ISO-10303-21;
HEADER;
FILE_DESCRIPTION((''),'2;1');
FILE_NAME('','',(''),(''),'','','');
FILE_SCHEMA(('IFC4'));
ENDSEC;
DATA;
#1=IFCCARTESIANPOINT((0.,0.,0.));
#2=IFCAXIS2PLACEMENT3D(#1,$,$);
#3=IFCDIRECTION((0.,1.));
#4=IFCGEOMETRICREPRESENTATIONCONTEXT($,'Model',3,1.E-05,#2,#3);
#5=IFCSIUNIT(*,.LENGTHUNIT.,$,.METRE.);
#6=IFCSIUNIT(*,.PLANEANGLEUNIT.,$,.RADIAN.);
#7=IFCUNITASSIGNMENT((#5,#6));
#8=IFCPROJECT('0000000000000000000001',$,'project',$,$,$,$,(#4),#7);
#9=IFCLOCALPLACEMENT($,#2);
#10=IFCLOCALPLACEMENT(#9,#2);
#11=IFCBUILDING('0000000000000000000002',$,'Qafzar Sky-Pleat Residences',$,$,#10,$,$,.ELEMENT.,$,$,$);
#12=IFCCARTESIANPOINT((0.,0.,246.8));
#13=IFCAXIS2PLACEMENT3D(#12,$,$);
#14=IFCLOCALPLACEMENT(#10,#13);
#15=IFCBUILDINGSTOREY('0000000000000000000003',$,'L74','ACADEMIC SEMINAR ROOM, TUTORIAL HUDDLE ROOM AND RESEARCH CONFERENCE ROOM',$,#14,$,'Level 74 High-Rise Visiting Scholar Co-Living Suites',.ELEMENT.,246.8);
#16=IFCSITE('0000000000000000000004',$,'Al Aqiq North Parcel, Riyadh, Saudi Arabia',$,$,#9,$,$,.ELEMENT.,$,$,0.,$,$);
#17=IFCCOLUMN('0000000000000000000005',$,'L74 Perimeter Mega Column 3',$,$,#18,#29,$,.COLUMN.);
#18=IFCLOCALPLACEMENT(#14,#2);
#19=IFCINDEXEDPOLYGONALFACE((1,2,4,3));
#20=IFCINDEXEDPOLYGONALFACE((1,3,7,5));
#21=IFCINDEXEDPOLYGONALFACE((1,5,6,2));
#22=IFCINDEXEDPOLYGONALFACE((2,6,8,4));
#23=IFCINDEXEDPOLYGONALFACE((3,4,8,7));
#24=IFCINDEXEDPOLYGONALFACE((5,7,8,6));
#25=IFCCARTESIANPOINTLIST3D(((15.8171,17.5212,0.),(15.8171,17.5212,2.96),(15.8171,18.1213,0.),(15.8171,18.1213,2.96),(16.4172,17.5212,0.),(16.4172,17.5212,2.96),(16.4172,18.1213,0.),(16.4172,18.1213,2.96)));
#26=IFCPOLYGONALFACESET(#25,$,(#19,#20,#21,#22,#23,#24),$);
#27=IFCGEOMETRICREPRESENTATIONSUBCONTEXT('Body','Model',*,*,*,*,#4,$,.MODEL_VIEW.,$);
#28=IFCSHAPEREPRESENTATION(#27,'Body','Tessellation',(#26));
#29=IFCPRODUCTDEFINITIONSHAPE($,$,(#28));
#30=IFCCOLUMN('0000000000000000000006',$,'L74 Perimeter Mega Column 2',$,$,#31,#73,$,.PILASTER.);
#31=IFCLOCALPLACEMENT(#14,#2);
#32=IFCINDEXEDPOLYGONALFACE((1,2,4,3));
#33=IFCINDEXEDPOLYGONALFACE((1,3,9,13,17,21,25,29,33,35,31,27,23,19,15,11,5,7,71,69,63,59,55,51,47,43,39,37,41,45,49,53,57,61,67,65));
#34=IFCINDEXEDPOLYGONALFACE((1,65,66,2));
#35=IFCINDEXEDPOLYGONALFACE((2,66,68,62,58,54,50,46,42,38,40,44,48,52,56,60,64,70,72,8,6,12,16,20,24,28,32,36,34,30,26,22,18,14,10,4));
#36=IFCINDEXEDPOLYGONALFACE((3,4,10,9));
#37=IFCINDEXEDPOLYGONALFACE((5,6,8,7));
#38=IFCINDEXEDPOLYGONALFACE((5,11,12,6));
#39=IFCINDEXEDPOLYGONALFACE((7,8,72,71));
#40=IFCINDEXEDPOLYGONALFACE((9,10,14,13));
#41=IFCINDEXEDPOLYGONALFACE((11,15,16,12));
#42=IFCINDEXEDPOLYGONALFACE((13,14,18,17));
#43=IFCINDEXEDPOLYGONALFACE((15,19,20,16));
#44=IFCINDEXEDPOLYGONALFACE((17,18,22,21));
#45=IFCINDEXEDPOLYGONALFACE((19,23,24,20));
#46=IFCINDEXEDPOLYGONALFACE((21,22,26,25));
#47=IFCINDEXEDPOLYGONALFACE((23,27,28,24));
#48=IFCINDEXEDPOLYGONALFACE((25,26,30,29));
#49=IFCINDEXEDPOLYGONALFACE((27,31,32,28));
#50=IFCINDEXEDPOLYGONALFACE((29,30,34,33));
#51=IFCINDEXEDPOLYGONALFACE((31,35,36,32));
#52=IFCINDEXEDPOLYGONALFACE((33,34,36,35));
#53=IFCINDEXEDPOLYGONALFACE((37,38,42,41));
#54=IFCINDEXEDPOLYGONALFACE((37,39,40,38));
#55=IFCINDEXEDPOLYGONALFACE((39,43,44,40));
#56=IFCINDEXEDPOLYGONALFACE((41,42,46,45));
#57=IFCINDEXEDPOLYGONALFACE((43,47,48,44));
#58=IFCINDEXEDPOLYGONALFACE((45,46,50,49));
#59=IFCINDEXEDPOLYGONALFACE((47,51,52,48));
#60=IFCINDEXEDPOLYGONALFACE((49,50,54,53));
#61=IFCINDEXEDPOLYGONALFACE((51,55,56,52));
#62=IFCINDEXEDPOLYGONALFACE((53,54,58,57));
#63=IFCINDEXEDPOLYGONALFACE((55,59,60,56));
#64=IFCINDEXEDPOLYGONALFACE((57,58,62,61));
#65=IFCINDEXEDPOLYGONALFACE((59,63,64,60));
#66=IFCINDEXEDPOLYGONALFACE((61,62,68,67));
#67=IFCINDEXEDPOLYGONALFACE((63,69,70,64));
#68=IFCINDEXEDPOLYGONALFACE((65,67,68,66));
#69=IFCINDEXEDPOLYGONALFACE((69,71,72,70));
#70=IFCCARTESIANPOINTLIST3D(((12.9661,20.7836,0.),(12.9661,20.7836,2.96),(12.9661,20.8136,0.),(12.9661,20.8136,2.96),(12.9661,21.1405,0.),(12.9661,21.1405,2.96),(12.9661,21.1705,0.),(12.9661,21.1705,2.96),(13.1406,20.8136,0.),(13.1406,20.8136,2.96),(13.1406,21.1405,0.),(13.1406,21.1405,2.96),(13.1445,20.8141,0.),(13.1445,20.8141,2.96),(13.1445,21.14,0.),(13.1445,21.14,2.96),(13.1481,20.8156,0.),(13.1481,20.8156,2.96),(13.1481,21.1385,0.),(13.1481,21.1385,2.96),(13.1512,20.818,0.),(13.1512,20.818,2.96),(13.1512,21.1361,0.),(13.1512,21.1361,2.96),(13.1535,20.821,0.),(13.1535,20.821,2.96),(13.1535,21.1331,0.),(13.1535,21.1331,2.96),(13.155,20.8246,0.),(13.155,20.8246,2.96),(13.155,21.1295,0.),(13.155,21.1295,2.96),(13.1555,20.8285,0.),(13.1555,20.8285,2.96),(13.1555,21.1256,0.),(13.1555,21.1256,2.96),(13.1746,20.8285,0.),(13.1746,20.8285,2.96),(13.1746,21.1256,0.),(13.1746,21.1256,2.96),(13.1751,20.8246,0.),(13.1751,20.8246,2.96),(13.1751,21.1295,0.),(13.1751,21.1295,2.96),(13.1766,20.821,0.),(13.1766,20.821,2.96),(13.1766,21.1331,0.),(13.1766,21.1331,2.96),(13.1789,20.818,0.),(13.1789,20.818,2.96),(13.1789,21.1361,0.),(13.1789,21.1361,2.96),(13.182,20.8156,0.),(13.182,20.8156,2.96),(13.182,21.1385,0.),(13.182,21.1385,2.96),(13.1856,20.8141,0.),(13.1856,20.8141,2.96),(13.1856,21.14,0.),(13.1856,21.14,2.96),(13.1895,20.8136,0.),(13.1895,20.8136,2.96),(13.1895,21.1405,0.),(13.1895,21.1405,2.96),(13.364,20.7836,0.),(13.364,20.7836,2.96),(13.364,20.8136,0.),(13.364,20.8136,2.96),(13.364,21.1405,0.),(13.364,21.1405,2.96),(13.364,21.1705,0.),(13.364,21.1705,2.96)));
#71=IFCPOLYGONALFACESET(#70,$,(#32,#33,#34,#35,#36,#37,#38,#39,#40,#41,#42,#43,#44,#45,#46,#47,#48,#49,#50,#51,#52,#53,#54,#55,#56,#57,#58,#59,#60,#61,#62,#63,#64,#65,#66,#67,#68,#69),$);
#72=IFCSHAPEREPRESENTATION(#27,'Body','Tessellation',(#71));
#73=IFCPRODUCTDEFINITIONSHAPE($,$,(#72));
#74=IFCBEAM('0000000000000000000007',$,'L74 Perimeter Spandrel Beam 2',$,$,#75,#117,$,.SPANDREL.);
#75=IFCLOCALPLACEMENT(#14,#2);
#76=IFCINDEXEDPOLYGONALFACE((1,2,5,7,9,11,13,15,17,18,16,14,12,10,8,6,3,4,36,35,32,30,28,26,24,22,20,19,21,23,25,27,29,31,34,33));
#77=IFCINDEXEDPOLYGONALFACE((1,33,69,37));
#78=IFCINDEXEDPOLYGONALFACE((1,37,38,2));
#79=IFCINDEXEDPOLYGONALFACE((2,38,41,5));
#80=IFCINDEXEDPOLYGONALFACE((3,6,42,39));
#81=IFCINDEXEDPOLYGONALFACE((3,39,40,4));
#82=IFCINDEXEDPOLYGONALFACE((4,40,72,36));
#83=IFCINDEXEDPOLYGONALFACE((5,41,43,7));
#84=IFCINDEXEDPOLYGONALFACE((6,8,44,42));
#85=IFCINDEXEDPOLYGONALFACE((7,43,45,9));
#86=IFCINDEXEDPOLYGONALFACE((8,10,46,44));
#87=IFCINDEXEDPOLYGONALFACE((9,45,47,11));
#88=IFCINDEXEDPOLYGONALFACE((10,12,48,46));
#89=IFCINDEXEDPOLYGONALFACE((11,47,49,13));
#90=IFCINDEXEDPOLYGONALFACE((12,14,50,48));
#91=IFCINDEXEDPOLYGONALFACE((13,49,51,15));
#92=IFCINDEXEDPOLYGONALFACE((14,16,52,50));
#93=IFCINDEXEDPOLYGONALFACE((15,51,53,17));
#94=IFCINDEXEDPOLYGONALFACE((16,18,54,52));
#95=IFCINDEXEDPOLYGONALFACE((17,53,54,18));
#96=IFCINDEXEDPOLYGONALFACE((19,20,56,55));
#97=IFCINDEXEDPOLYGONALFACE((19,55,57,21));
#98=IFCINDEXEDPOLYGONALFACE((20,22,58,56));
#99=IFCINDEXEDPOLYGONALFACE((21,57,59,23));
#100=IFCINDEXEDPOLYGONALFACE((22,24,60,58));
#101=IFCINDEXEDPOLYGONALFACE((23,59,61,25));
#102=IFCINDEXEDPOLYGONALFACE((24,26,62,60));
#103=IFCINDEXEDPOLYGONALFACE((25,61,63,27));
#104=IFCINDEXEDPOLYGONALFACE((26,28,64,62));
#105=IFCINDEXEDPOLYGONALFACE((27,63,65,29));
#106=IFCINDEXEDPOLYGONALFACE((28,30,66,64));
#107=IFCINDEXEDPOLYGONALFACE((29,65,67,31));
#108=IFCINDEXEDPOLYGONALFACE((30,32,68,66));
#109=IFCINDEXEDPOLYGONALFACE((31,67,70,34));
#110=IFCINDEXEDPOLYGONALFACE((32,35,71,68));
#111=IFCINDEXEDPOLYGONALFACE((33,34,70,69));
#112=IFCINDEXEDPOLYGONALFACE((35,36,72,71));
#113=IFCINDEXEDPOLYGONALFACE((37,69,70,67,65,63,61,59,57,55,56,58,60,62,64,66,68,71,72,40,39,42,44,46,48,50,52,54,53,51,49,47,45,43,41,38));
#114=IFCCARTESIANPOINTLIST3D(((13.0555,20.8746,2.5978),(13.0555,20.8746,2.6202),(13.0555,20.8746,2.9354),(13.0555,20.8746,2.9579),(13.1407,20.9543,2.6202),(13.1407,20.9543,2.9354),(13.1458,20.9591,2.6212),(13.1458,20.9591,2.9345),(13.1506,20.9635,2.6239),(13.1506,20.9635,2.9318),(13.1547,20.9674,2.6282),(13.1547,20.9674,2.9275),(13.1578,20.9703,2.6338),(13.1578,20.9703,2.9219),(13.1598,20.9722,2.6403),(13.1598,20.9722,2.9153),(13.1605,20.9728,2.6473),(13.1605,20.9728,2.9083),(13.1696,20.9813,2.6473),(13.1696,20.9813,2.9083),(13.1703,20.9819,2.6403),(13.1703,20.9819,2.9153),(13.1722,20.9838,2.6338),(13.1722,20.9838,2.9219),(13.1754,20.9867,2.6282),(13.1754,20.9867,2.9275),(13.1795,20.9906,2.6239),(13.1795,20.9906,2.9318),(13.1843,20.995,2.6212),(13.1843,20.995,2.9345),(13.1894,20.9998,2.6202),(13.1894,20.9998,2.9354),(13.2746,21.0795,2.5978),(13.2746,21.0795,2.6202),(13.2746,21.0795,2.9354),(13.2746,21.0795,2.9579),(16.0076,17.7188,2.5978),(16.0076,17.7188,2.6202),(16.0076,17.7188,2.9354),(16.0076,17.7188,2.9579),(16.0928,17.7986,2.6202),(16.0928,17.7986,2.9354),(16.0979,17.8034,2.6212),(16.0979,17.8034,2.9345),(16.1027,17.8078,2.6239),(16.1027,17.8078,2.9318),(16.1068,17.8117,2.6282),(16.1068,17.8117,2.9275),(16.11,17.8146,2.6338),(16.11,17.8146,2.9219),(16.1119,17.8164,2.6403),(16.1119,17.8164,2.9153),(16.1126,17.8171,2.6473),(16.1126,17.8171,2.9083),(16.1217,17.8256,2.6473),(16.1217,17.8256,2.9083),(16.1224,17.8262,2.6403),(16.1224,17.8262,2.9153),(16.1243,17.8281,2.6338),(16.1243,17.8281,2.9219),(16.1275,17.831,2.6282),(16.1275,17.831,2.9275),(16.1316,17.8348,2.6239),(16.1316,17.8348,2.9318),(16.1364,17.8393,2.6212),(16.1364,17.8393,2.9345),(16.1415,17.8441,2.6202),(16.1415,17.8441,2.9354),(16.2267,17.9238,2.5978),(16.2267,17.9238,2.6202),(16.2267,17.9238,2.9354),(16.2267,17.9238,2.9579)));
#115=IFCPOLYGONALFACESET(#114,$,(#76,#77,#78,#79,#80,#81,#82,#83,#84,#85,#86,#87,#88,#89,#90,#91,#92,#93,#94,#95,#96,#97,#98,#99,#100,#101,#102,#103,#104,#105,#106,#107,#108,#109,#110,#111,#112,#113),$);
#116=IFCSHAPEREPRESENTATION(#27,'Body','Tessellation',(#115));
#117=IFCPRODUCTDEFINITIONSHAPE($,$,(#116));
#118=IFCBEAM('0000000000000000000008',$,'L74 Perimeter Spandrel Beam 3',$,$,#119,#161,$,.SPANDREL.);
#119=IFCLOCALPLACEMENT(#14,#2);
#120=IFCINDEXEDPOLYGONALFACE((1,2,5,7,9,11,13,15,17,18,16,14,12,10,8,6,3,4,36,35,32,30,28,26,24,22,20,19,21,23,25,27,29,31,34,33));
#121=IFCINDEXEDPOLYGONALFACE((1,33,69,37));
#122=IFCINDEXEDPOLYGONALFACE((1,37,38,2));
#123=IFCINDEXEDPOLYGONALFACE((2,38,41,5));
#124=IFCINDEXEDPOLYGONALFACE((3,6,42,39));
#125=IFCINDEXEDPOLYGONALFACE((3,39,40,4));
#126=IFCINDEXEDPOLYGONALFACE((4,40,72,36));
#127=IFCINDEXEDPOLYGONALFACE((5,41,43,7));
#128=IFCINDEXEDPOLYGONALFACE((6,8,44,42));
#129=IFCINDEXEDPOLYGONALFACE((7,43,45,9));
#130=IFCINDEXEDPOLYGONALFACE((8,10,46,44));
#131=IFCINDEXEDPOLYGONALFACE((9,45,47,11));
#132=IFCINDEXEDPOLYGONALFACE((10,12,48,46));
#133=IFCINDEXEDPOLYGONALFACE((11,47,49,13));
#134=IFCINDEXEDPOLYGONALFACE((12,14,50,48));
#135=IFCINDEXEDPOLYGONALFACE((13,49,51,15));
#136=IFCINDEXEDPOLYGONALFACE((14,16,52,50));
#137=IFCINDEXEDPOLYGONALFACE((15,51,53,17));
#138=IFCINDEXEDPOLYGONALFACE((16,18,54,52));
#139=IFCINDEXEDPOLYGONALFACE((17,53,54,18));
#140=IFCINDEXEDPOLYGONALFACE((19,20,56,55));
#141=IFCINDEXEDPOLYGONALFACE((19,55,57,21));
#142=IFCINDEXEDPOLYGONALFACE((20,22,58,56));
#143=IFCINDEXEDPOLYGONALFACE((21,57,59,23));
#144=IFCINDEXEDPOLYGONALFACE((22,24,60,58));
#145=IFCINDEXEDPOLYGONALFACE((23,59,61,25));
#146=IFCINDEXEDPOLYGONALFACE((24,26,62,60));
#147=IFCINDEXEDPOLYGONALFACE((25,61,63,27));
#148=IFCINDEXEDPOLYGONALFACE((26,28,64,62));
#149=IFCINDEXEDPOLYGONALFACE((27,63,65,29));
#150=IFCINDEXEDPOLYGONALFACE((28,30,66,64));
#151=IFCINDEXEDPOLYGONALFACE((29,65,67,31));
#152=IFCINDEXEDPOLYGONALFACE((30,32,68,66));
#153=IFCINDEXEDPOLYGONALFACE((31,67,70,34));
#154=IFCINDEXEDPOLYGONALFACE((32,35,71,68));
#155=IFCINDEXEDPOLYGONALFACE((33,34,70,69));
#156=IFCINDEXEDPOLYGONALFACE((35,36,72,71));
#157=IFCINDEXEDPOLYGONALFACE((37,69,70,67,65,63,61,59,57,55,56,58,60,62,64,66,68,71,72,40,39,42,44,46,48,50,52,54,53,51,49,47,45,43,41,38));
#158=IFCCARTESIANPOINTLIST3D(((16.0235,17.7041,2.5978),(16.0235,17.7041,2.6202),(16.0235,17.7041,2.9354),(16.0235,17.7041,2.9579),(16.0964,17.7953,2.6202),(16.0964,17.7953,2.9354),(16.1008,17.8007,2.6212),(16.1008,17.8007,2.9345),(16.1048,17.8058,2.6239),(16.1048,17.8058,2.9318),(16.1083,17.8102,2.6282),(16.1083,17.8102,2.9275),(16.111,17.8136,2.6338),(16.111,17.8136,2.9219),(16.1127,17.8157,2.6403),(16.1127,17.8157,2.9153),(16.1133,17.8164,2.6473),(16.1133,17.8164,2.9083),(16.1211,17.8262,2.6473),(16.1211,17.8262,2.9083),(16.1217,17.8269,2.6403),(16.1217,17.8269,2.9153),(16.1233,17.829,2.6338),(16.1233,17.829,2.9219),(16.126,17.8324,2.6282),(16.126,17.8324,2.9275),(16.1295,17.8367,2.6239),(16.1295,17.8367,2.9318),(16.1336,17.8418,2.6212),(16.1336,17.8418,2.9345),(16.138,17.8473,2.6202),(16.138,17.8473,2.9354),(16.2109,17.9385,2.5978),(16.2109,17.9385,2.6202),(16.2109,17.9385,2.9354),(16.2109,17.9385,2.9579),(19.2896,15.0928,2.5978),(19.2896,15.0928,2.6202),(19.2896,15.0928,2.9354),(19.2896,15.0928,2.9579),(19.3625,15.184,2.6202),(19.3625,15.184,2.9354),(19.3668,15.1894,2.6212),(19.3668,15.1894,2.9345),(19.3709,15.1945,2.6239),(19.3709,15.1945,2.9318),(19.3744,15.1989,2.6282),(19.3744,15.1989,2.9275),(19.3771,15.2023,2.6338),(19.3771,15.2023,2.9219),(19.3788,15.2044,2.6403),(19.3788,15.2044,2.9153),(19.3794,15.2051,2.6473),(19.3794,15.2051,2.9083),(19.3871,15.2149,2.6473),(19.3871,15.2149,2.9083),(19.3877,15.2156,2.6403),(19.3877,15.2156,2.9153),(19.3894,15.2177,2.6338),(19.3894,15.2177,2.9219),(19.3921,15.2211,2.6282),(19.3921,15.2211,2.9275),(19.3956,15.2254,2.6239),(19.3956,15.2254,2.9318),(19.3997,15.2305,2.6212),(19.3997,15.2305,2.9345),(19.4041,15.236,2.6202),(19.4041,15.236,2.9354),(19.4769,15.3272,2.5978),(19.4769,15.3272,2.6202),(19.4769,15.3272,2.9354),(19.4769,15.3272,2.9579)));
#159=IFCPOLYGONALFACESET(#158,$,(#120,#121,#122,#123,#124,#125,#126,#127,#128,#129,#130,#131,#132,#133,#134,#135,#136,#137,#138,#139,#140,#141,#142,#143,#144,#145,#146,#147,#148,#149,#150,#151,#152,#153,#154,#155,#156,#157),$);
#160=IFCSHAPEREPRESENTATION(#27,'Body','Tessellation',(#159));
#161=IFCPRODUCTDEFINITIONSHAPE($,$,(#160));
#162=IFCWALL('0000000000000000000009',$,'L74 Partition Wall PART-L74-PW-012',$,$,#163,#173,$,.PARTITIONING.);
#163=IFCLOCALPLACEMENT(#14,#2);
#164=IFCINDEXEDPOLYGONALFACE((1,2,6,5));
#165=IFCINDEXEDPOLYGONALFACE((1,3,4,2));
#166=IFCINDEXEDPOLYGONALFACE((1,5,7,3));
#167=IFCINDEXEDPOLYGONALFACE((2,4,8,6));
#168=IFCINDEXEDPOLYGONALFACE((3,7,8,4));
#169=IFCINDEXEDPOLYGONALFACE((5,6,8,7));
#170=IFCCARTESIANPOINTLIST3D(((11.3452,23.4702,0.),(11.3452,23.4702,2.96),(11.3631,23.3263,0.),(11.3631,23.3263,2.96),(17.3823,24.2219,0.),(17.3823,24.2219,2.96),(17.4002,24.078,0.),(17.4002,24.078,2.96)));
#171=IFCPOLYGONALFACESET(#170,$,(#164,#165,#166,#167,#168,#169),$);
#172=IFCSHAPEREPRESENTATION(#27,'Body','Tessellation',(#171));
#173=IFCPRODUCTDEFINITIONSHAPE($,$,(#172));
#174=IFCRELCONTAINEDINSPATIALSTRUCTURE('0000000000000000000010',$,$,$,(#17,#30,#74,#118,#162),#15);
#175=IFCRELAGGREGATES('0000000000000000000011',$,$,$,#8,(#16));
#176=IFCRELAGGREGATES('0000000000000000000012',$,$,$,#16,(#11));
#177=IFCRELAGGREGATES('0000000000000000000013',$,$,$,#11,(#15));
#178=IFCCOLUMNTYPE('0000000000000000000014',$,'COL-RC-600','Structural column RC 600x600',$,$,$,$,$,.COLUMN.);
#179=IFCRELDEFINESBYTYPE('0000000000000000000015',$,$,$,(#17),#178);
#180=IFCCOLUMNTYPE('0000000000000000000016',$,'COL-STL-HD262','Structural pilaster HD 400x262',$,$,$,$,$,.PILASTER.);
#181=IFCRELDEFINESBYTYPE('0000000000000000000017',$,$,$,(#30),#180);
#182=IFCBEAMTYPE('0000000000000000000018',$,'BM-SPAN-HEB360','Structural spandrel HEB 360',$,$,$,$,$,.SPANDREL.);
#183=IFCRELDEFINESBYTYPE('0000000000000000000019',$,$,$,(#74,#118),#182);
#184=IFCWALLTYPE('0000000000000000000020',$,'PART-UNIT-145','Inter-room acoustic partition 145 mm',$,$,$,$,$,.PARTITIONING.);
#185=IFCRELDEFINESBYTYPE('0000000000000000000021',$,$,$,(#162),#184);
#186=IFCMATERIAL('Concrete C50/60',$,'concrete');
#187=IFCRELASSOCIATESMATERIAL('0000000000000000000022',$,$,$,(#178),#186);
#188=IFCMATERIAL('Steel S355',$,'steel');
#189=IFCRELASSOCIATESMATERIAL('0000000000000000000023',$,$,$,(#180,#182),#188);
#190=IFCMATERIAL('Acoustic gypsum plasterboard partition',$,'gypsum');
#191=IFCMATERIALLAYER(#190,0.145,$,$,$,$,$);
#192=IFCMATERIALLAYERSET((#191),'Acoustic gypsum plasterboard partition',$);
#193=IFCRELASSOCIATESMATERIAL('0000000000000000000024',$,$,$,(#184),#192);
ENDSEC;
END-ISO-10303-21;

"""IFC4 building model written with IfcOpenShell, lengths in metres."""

from ifc_helpers import new_model, si_unit, direction, frame, frame_2d, origin, origin_2d, place, context, subcontext, project, spatial, rectangle, i_section, extrude, source, transform, mapped, material, layer, layer_set, material_profile, profile_set, type_object, element, save


model = new_model("IFC4")

# Units and contexts
model_context = context("Model", 3, precision=1e-05, world=origin(), true_north=direction((0.0, 1.0)))
body_context = subcontext(model_context, "Body", "Model", "MODEL_VIEW")
ifc_project = project(units=[si_unit("LENGTHUNIT", "METRE"), si_unit("PLANEANGLEUNIT", "RADIAN")], contexts=[model_context])

# Site, building, storey
site_placement = place(None, origin())
site = spatial("IfcSite", under=ifc_project, at=site_placement, Name="Al Aqiq North Parcel, Riyadh, Saudi Arabia", CompositionType="ELEMENT", RefElevation=0.0)
building_placement = place(site_placement, origin())
building = spatial("IfcBuilding", under=site, at=building_placement, Name="Qafzar Sky-Pleat Residences", CompositionType="ELEMENT")
storey_placement = place(building_placement, frame((0.0, 0.0, 246.8)))
storey = spatial("IfcBuildingStorey", under=building, at=storey_placement, Name="L74", Description="ACADEMIC SEMINAR ROOM, TUTORIAL HUDDLE ROOM AND RESEARCH CONFERENCE ROOM", LongName="Level 74 High-Rise Visiting Scholar Co-Living Suites", CompositionType="ELEMENT", Elevation=246.8)

# Columns
ifc_material_1 = material(Name="Concrete C50/60", Category="concrete")
ifc_material_profile_1 = material_profile(ifc_material_1, rectangle(XDim=0.6001, YDim=0.6001, at=origin_2d()), Name="RC 600x600")
ifc_profile_set_1 = profile_set([ifc_material_profile_1], Name="Concrete C50/60")
column_type_1 = type_object("IfcColumnType", Name="COL-RC-600", Description="Structural column RC 600x600", PredefinedType="COLUMN", material=ifc_profile_set_1)
shared_shape_1 = source(origin(), body_context, "Body", "SweptSolid", [
    extrude(rectangle(XDim=0.6001, YDim=0.6001, at=origin_2d()), origin(), (0.0, 0.0, 1.0), 2.96),
])
column_1_placement = place(storey_placement, frame((16.1172, 17.8213, 0.0), z_axis=(0.0, 0.0, 1.0), x_axis=(1.0, 0.0, 0.0)))
element("IfcColumn", 1, at=column_1_placement, inside=storey, type_object=column_type_1, Name="L74 Perimeter Mega Column 3", PredefinedType="COLUMN", context=body_context, shape_type="MappedRepresentation", body=[
    mapped(shared_shape_1, transform((0.0, 0.0, 0.0), x_axis=(1.0, 0.0, 0.0), y_axis=(0.0, 1.0, 0.0), z_axis=(0.0, 0.0, 1.0), scale=1.0)),
])
ifc_material_2 = material(Name="Steel S355", Category="steel")
ifc_material_profile_2 = material_profile(ifc_material_2, i_section(OverallWidth=0.3979, OverallDepth=0.387, WebThickness=0.019, FlangeThickness=0.03, FilletRadius=0.0149, at=origin_2d()), Name="HD 400x262")
ifc_profile_set_2 = profile_set([ifc_material_profile_2], Name="Steel S355")
column_type_2 = type_object("IfcColumnType", Name="COL-STL-HD262", Description="Structural pilaster HD 400x262", PredefinedType="PILASTER", material=ifc_profile_set_2)
shared_shape_2 = source(origin(), body_context, "Body", "SweptSolid", [
    extrude(i_section(OverallWidth=0.3979, OverallDepth=0.387, WebThickness=0.019, FlangeThickness=0.03, FilletRadius=0.0149, at=origin_2d()), origin(), (0.0, 0.0, 1.0), 2.96),
])
column_2_placement = place(storey_placement, frame((13.165, 20.9771, 0.0), z_axis=(0.0, 0.0, 1.0), x_axis=(1.0, 0.0, 0.0)))
element("IfcColumn", 2, at=column_2_placement, inside=storey, type_object=column_type_2, Name="L74 Perimeter Mega Column 2", PredefinedType="PILASTER", context=body_context, shape_type="MappedRepresentation", body=[
    mapped(shared_shape_2, transform((0.0, 0.0, 0.0), x_axis=(1.0, 0.0, 0.0), y_axis=(0.0, 1.0, 0.0), z_axis=(0.0, 0.0, 1.0), scale=1.0)),
])

# Beams
ifc_material_profile_3 = material_profile(ifc_material_2, i_section(OverallWidth=0.3, OverallDepth=0.3601, WebThickness=0.0125, FlangeThickness=0.0225, FilletRadius=0.0271, at=origin_2d()), Name="HEB 360")
ifc_profile_set_3 = profile_set([ifc_material_profile_3], Name="Steel S355")
beam_type = type_object("IfcBeamType", Name="BM-SPAN-HEB360", Description="Structural spandrel HEB 360", PredefinedType="SPANDREL", material=ifc_profile_set_3)
shared_shape_3 = source(origin(), body_context, "Body", "SweptSolid", [
    extrude(i_section(OverallWidth=0.3, OverallDepth=0.3601, WebThickness=0.0125, FlangeThickness=0.0225, FilletRadius=0.0271, at=origin_2d()), origin(), (0.0, 0.0, 1.0), 4.3213),
])
beam_1_placement = place(storey_placement, frame((13.165, 20.9771, 2.7778), z_axis=(0.683155, -0.730273, 0.0), x_axis=(0.730273, 0.683155, 0.0)))
element("IfcBeam", 3, at=beam_1_placement, inside=storey, type_object=beam_type, Name="L74 Perimeter Spandrel Beam 2", PredefinedType="SPANDREL", context=body_context, shape_type="MappedRepresentation", body=[
    mapped(shared_shape_3, transform((0.0, 0.0, 0.0), x_axis=(1.0, 0.0, 0.0), y_axis=(0.0, 1.0, 0.0), z_axis=(0.0, 0.0, 1.0), scale=1.0)),
])
shared_shape_4 = source(origin(), body_context, "Body", "SweptSolid", [
    extrude(i_section(OverallWidth=0.3, OverallDepth=0.3601, WebThickness=0.0125, FlangeThickness=0.0225, FilletRadius=0.0271, at=origin_2d()), origin(), (0.0, 0.0, 1.0), 4.1816),
])
beam_2_placement = place(storey_placement, frame((16.1172, 17.8213, 2.7778), z_axis=(0.781051, -0.624467, 0.0), x_axis=(0.624467, 0.781051, 0.0)))
element("IfcBeam", 4, at=beam_2_placement, inside=storey, type_object=beam_type, Name="L74 Perimeter Spandrel Beam 3", PredefinedType="SPANDREL", context=body_context, shape_type="MappedRepresentation", body=[
    mapped(shared_shape_4, transform((0.0, 0.0, 0.0), x_axis=(1.0, 0.0, 0.0), y_axis=(0.0, 1.0, 0.0), z_axis=(0.0, 0.0, 1.0), scale=1.0)),
])

# Wall
ifc_material_3 = material(Name="Acoustic gypsum plasterboard partition", Category="gypsum")
ifc_layer_1 = layer(ifc_material_3, 0.145)
ifc_layer_set_1 = layer_set([ifc_layer_1], Name="Acoustic gypsum plasterboard partition")
wall_type_1 = type_object("IfcWallType", Name="PART-UNIT-145", Description="Inter-room acoustic partition 145 mm", PredefinedType="PARTITIONING", material=ifc_layer_set_1)
wall_1_placement = place(storey_placement, frame((11.354, 23.3982, 0.0), z_axis=(0.0, 0.0, 1.0), x_axis=(0.992337, 0.123561, 0.0)))
element("IfcWall", 5, at=wall_1_placement, inside=storey, type_object=wall_type_1, Name="L74 Partition Wall PART-L74-PW-012", PredefinedType="PARTITIONING", context=body_context, shape_type="SweptSolid", body=[
    extrude(rectangle(XDim=6.0837, YDim=0.145, at=frame_2d((3.042, 0.0))), origin(), (0.0, 0.0, 1.0), 2.96),
])

save(model, "model.ifc")
